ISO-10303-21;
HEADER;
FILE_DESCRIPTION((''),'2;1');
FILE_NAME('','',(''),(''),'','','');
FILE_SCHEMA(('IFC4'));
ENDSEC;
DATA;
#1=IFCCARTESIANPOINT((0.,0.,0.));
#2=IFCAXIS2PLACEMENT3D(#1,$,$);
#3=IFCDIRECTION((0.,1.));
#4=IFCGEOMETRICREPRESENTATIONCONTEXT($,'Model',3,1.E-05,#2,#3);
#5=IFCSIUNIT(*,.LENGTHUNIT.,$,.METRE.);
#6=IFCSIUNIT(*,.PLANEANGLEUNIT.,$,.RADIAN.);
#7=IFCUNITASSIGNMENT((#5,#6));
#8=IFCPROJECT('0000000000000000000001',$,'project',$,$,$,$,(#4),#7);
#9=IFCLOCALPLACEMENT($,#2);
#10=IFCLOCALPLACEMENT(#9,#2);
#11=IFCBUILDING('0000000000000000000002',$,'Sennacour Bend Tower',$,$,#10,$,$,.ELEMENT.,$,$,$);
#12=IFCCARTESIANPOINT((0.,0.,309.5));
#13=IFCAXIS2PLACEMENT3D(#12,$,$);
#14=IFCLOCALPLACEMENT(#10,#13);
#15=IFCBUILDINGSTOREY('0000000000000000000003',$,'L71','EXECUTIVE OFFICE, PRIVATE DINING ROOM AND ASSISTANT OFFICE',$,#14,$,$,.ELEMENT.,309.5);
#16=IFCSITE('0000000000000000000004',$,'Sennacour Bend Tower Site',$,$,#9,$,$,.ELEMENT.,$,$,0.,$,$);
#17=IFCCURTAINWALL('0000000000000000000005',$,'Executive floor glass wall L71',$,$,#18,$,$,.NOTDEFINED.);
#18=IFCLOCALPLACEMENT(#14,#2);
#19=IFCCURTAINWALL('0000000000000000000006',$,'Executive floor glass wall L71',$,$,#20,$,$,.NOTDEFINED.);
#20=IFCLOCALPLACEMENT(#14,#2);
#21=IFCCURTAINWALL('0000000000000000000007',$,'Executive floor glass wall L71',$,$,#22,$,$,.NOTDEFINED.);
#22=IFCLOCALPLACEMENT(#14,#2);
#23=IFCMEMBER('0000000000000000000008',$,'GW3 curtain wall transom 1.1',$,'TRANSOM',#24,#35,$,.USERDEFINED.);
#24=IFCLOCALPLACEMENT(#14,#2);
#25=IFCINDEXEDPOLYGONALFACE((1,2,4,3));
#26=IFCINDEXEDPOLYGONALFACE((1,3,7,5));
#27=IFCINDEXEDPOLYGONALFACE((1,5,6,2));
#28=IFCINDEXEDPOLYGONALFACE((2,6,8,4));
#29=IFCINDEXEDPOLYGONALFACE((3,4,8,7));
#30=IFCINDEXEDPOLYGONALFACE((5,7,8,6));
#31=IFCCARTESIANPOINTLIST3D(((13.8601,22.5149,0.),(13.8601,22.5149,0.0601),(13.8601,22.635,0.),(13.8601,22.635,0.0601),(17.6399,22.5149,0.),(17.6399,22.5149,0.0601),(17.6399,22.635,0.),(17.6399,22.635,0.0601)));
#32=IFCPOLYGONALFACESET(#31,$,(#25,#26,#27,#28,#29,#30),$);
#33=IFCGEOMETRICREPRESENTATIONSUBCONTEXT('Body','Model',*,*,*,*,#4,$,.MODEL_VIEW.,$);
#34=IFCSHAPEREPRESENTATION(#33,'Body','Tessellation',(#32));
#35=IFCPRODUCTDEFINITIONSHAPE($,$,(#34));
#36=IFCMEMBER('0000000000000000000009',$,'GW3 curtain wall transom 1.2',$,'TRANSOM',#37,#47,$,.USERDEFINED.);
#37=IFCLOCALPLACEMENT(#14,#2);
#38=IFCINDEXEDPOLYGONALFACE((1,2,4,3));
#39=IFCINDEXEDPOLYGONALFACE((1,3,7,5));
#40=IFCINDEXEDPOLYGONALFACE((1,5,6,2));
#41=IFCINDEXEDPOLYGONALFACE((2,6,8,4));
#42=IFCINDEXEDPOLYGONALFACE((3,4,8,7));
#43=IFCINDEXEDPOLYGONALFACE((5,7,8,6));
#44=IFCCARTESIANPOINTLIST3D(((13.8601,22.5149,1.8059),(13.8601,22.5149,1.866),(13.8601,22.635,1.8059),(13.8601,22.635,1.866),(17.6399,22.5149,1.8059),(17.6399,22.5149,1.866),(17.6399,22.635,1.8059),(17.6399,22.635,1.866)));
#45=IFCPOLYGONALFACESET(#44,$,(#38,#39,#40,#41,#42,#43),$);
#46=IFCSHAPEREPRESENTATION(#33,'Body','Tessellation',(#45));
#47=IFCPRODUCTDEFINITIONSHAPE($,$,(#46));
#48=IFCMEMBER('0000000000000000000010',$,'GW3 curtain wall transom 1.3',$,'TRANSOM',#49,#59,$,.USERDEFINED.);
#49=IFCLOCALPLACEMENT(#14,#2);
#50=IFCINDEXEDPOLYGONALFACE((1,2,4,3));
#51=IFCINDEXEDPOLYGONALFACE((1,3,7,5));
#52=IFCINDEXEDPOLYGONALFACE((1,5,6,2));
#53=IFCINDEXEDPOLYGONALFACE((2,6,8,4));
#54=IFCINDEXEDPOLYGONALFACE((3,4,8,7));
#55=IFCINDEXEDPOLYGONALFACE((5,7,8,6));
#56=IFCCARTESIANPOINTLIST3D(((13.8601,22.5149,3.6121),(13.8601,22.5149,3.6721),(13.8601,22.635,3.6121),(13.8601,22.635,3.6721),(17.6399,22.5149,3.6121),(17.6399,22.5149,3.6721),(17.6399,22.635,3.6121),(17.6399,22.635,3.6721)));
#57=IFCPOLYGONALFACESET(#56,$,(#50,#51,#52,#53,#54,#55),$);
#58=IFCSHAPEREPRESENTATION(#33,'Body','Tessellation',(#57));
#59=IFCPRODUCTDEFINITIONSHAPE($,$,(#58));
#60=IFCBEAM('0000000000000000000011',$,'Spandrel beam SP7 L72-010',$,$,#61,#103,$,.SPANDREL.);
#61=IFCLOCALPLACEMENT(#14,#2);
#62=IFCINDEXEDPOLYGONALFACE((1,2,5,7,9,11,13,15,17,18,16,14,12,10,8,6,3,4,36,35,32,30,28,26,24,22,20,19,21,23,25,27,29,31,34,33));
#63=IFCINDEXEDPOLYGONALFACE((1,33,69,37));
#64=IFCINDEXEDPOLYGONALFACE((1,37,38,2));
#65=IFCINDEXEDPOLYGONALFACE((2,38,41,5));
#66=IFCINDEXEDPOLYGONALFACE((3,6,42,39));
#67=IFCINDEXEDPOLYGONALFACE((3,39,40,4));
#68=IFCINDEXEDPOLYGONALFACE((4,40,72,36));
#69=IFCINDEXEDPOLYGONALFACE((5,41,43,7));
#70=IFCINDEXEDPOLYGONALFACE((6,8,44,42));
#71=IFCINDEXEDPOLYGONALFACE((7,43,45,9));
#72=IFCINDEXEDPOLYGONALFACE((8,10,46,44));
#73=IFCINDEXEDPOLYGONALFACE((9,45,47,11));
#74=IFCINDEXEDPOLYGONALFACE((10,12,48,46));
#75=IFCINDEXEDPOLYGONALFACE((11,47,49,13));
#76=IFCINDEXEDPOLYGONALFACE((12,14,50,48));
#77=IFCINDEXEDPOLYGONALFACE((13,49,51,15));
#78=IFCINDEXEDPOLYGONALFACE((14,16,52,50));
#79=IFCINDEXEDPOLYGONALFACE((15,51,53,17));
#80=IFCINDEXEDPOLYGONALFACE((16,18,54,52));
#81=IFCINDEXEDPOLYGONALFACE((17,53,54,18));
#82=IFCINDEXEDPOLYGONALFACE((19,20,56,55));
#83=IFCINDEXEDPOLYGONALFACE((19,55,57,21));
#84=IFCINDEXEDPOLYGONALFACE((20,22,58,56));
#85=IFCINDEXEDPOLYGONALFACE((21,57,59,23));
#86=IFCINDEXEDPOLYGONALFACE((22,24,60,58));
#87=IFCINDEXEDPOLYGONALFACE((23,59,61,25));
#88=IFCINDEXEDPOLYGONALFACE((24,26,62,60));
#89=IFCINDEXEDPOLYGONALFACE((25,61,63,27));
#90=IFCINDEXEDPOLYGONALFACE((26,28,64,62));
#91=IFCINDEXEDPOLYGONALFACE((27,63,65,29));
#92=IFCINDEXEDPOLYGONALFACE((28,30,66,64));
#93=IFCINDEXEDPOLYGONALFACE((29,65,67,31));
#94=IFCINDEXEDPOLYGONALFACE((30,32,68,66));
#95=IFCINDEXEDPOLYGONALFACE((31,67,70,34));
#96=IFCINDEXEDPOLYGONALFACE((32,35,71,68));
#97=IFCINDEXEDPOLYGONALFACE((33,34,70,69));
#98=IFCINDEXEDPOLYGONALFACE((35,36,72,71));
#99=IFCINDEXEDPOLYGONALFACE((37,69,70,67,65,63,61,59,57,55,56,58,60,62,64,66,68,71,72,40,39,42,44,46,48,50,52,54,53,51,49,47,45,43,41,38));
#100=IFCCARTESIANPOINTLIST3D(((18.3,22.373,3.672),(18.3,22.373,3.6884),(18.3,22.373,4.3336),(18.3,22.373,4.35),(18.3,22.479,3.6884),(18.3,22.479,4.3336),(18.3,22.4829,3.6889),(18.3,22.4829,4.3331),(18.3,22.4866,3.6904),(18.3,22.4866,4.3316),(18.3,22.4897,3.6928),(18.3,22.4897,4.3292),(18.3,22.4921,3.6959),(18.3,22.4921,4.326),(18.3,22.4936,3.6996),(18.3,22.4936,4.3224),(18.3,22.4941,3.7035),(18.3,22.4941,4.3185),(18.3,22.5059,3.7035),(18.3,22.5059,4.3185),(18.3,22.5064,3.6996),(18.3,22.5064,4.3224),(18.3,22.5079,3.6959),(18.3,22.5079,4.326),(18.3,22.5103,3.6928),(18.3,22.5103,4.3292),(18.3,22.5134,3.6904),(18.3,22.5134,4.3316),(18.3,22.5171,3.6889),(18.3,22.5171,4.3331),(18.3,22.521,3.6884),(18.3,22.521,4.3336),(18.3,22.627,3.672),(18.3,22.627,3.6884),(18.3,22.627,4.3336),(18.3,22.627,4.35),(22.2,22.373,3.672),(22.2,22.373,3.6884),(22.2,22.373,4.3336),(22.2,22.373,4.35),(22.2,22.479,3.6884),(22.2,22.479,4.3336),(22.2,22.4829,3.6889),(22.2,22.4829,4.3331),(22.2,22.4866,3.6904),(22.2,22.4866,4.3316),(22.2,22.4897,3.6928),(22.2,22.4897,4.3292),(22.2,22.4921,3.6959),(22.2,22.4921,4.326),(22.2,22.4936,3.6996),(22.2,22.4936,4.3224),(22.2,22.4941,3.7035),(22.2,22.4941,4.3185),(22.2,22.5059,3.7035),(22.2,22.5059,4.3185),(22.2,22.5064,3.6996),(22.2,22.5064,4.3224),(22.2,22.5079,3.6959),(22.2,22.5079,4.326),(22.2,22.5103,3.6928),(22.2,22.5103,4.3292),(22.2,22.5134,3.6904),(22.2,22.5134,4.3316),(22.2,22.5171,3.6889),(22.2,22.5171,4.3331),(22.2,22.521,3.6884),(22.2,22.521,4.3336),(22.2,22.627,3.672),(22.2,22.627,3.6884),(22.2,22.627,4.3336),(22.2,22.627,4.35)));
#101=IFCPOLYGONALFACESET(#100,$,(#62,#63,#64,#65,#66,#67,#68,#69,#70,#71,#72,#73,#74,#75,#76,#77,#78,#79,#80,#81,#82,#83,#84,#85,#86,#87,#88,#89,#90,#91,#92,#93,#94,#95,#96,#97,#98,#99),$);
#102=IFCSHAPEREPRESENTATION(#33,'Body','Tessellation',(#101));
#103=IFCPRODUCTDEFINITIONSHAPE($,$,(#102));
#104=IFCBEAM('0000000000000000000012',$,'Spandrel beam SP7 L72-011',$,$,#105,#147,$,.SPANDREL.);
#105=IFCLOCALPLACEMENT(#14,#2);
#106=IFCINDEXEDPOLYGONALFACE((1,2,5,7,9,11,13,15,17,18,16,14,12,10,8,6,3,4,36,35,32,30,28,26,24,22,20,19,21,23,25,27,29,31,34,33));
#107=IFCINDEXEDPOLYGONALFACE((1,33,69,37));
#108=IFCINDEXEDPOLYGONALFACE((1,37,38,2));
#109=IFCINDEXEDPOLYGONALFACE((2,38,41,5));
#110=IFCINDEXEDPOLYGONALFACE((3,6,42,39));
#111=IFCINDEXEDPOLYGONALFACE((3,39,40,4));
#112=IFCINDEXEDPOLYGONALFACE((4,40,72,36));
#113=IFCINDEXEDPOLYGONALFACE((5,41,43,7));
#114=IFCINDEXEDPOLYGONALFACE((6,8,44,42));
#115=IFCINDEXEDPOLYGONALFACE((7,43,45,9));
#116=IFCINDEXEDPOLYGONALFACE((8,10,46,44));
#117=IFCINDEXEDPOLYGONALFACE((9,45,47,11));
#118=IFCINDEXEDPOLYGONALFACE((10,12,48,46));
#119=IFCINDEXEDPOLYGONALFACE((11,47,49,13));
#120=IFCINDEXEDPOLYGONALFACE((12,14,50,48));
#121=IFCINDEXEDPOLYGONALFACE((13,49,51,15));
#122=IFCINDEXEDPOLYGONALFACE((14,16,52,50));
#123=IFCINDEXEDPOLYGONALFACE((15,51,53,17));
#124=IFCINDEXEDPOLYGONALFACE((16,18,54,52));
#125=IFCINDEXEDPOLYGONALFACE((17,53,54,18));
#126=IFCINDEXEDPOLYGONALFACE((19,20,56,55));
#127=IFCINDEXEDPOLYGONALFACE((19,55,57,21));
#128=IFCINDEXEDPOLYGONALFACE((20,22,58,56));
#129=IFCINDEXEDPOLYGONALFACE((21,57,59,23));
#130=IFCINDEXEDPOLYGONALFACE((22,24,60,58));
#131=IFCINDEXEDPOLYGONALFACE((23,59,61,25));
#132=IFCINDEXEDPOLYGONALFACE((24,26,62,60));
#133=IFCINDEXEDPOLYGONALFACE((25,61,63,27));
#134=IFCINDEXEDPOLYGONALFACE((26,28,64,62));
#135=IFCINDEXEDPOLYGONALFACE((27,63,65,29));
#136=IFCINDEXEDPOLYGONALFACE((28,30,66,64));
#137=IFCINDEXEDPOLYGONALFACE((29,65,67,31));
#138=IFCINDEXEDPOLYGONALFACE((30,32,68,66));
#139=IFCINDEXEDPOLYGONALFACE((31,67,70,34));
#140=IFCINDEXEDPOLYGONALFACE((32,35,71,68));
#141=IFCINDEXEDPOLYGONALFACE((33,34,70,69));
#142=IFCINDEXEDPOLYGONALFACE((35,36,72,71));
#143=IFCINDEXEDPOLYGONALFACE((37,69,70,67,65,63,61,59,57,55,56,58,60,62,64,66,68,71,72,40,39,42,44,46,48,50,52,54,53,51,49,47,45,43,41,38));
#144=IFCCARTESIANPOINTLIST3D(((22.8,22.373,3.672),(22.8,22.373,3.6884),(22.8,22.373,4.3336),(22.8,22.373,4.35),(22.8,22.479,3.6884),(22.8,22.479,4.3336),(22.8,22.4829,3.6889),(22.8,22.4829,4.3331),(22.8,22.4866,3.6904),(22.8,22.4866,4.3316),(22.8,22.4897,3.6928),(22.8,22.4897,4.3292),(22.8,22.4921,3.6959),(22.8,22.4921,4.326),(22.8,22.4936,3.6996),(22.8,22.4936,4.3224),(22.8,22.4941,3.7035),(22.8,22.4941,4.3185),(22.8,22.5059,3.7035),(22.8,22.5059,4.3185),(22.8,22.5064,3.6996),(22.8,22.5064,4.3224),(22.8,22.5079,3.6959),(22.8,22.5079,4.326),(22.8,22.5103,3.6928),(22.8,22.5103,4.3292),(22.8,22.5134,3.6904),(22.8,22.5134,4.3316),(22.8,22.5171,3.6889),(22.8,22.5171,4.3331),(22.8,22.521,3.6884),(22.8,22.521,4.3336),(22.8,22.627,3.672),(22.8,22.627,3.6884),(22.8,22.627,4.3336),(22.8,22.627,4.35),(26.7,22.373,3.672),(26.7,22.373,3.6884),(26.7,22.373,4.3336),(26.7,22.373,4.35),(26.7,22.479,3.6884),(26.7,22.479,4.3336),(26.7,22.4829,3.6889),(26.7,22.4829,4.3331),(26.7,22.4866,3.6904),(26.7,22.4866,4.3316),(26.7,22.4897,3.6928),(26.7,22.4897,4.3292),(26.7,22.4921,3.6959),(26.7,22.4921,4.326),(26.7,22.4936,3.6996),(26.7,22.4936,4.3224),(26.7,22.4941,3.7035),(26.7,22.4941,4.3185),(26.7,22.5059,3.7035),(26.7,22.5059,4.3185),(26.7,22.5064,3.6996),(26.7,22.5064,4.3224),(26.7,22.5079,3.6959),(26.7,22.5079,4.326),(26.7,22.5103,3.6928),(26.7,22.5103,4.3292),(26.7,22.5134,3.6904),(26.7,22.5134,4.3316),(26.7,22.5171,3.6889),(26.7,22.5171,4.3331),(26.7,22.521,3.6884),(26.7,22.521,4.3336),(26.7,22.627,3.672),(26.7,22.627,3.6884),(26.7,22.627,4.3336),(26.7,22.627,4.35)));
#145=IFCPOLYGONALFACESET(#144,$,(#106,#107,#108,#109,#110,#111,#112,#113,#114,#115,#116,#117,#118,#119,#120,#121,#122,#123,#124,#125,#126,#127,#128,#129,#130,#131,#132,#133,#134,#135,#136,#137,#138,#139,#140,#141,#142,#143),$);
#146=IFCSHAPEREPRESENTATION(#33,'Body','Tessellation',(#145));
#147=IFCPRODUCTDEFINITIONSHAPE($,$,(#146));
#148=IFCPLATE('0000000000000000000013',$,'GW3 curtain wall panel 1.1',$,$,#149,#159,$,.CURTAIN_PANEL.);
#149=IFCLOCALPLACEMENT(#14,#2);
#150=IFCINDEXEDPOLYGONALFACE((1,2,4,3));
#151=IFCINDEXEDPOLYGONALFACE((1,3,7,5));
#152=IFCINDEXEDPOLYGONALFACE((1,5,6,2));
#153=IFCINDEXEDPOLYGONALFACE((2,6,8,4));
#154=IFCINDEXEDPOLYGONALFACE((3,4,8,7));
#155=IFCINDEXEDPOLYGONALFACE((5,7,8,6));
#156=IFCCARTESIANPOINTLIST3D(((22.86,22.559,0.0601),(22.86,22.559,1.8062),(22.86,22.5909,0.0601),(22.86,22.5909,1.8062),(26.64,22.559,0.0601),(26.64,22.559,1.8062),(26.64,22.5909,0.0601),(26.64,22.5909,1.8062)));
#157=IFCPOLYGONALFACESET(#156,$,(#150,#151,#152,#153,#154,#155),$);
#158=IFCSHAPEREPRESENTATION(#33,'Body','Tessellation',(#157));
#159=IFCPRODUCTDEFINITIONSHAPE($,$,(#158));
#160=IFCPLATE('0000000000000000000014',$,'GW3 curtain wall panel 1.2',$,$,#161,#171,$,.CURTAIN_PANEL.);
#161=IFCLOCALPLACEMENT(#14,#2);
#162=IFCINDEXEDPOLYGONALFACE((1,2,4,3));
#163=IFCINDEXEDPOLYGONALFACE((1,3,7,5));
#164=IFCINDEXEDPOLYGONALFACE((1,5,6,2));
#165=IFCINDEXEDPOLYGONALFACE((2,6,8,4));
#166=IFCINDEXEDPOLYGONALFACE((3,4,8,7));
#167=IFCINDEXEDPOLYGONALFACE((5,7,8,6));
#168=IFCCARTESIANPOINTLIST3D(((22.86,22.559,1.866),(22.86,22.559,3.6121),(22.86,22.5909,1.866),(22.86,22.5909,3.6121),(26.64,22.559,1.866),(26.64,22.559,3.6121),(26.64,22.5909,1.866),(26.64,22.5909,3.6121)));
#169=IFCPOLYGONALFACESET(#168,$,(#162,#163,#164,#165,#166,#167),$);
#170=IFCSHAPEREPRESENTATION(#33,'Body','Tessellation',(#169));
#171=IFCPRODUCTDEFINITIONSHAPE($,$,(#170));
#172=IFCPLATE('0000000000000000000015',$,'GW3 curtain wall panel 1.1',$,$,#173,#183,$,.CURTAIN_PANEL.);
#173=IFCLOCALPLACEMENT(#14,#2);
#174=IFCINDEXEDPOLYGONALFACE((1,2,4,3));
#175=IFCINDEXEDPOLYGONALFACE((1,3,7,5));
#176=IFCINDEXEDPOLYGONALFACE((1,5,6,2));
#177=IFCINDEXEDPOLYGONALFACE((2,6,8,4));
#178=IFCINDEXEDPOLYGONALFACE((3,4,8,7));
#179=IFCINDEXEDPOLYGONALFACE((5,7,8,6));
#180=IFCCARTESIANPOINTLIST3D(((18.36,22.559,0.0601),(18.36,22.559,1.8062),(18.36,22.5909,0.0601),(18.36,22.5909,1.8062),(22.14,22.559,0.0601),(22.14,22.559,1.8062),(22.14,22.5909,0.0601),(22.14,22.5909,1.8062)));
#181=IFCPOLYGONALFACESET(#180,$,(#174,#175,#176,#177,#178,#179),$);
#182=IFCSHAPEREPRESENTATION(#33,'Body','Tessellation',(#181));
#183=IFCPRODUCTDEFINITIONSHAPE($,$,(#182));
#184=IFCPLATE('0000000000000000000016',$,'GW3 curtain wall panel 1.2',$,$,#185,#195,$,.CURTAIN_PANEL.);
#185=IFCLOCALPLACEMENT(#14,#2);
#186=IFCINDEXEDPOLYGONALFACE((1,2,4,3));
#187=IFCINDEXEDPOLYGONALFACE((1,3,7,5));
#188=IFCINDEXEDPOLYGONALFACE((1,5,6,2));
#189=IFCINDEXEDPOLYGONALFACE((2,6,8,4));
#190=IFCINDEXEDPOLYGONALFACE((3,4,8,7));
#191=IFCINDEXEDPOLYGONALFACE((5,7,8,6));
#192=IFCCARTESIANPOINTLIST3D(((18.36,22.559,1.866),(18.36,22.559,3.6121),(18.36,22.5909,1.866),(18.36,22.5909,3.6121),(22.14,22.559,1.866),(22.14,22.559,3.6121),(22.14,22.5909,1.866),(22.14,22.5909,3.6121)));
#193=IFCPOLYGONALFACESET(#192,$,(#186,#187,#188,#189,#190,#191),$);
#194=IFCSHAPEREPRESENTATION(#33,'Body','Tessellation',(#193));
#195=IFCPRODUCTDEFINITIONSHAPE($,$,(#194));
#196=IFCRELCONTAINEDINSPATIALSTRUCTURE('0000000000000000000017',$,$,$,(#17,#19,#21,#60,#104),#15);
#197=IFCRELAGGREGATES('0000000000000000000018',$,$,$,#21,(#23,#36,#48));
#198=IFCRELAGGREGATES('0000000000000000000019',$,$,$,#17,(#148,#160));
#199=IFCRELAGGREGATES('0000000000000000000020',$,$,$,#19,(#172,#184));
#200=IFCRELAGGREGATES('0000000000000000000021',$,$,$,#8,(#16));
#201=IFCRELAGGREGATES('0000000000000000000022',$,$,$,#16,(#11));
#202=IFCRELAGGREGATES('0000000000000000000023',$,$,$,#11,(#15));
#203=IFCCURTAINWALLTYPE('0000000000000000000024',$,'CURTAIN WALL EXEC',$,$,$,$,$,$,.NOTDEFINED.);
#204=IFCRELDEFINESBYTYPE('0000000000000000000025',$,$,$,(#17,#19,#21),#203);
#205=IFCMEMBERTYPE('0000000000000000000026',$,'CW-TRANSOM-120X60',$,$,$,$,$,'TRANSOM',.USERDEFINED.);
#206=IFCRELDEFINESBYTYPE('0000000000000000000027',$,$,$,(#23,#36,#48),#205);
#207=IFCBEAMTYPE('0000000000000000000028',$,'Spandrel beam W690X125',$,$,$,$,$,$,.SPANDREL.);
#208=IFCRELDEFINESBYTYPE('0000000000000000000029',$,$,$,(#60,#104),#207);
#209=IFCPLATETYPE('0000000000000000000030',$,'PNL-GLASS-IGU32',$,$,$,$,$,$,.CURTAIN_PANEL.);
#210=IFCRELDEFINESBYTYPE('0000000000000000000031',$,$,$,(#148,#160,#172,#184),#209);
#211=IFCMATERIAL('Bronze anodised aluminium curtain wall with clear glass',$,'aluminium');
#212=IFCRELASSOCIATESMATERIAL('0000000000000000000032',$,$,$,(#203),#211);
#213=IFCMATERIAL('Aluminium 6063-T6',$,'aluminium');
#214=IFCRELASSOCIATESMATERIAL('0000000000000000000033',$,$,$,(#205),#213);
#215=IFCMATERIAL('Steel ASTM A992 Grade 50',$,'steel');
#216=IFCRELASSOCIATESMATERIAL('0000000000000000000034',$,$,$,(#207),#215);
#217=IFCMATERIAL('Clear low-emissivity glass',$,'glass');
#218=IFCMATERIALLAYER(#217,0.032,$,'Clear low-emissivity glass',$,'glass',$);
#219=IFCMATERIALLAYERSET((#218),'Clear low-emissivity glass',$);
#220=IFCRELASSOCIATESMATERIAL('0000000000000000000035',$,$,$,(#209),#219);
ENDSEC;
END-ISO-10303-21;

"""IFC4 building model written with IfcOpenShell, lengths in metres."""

from ifc_helpers import new_model, si_unit, direction, frame, origin, origin_2d, place, context, subcontext, project, spatial, rectangle, i_section, extrude, material, layer, layer_set, material_profile, profile_set, type_object, element, aggregate, save


model = new_model("IFC4")

# Units and contexts
model_context = context("Model", 3, precision=1e-05, world=origin(), true_north=direction((0.0, 1.0)))
body_context = subcontext(model_context, "Body", "Model", "MODEL_VIEW")
ifc_project = project(units=[si_unit("LENGTHUNIT", "METRE"), si_unit("PLANEANGLEUNIT", "RADIAN")], contexts=[model_context])

# Site, building, storey
site_placement = place(None, origin())
site = spatial("IfcSite", under=ifc_project, at=site_placement, Name="Sennacour Bend Tower Site", CompositionType="ELEMENT", RefElevation=0.0)
building_placement = place(site_placement, origin())
building = spatial("IfcBuilding", under=site, at=building_placement, Name="Sennacour Bend Tower", CompositionType="ELEMENT")
storey_placement = place(building_placement, frame((0.0, 0.0, 309.5)))
storey = spatial("IfcBuildingStorey", under=building, at=storey_placement, Name="L71", Description="EXECUTIVE OFFICE, PRIVATE DINING ROOM AND ASSISTANT OFFICE", CompositionType="ELEMENT", Elevation=309.5)

# Curtain walls
ifc_material_1 = material(Name="Bronze anodised aluminium curtain wall with clear glass", Category="aluminium")
curtain_wall_type = type_object("IfcCurtainWallType", Name="CURTAIN WALL EXEC", PredefinedType="NOTDEFINED", material=ifc_material_1)
curtain_wall_1_placement = place(storey_placement, origin())
curtain_wall_1 = element("IfcCurtainWall", 1, at=curtain_wall_1_placement, inside=storey, type_object=curtain_wall_type, Name="Executive floor glass wall L71", PredefinedType="NOTDEFINED")
ifc_material_2 = material(Name="Aluminium 6063-T6", Category="aluminium")
curtain_wall_2_placement = place(storey_placement, origin())
curtain_wall_2 = element("IfcCurtainWall", 2, at=curtain_wall_2_placement, inside=storey, type_object=curtain_wall_type, Name="Executive floor glass wall L71", PredefinedType="NOTDEFINED")

# Curtain wall
curtain_wall_3_placement = place(storey_placement, origin())
curtain_wall_3 = element("IfcCurtainWall", 3, at=curtain_wall_3_placement, inside=storey, type_object=curtain_wall_type, Name="Executive floor glass wall L71", PredefinedType="NOTDEFINED")

# Members
ifc_material_profile_1 = material_profile(ifc_material_2, rectangle(XDim=0.1201, YDim=0.0601, at=origin_2d()), Name="Aluminium 6063-T6", Category="aluminium")
ifc_profile_set_1 = profile_set([ifc_material_profile_1], Name="Aluminium 6063-T6")
member_type_1 = type_object("IfcMemberType", Name="CW-TRANSOM-120X60", ElementType="TRANSOM", PredefinedType="USERDEFINED", material=ifc_profile_set_1)
member_1_placement = place(storey_placement, frame((17.6399, 22.575, 0.03), z_axis=(-1.0, 0.0, 0.0), x_axis=(0.0, -1.0, 0.0)))
member_1 = element("IfcMember", 4, at=member_1_placement, type_object=member_type_1, Name="GW3 curtain wall transom 1.1", ObjectType="TRANSOM", PredefinedType="USERDEFINED", context=body_context, shape_type="SweptSolid", body=[
    extrude(rectangle(XDim=0.1201, YDim=0.0601, at=origin_2d()), origin(), (0.0, 0.0, 1.0), 3.7798),
])
member_2_placement = place(storey_placement, frame((17.6399, 22.575, 1.8359), z_axis=(-1.0, 0.0, 0.0), x_axis=(0.0, -1.0, 0.0)))
member_2 = element("IfcMember", 5, at=member_2_placement, type_object=member_type_1, Name="GW3 curtain wall transom 1.2", ObjectType="TRANSOM", PredefinedType="USERDEFINED", context=body_context, shape_type="SweptSolid", body=[
    extrude(rectangle(XDim=0.1201, YDim=0.0601, at=origin_2d()), origin(), (0.0, 0.0, 1.0), 3.7798),
])
member_3_placement = place(storey_placement, frame((17.6399, 22.575, 3.6421), z_axis=(-1.0, 0.0, 0.0), x_axis=(0.0, -1.0, 0.0)))
member_3 = element("IfcMember", 6, at=member_3_placement, type_object=member_type_1, Name="GW3 curtain wall transom 1.3", ObjectType="TRANSOM", PredefinedType="USERDEFINED", context=body_context, shape_type="SweptSolid", body=[
    extrude(rectangle(XDim=0.1201, YDim=0.0601, at=origin_2d()), origin(), (0.0, 0.0, 1.0), 3.7798),
])
aggregate(curtain_wall_3, [member_1, member_2, member_3])

# Beams
ifc_material_3 = material(Name="Steel ASTM A992 Grade 50", Category="steel")
ifc_material_profile_2 = material_profile(ifc_material_3, i_section(OverallWidth=0.2539, OverallDepth=0.678, WebThickness=0.0117, FlangeThickness=0.0164, FilletRadius=0.0151, at=origin_2d()), Name="Steel ASTM A992 Grade 50", Category="steel")
ifc_profile_set_2 = profile_set([ifc_material_profile_2], Name="Steel ASTM A992 Grade 50")
beam_type = type_object("IfcBeamType", Name="Spandrel beam W690X125", PredefinedType="SPANDREL", material=ifc_profile_set_2)
for number, where, z_axis, x_axis, name in (
    (7, (18.3, 22.5, 4.011), (1.0, 0.0, 0.0), (0.0, 1.0, 0.0), "Spandrel beam SP7 L72-010"),
    (8, (22.8, 22.5, 4.011), (1.0, 0.0, 0.0), (0.0, 1.0, 0.0), "Spandrel beam SP7 L72-011"),
):
    element("IfcBeam", number, at=place(storey_placement, frame(where, z_axis=z_axis, x_axis=x_axis)), inside=storey, type_object=beam_type, Name=name, PredefinedType="SPANDREL", context=body_context, shape_type="SweptSolid", body=[
        extrude(i_section(OverallWidth=0.2539, OverallDepth=0.678, WebThickness=0.0117, FlangeThickness=0.0164, FilletRadius=0.0151, at=origin_2d()), origin(), (0.0, 0.0, 1.0), 3.8999),
    ])

# Plates
ifc_material_4 = material(Name="Clear low-emissivity glass", Category="glass")
ifc_layer_1 = layer(ifc_material_4, 0.032, Name="Clear low-emissivity glass", Category="glass")
ifc_layer_set_1 = layer_set([ifc_layer_1], Name="Clear low-emissivity glass")
plate_type = type_object("IfcPlateType", Name="PNL-GLASS-IGU32", PredefinedType="CURTAIN_PANEL", material=ifc_layer_set_1)
plate_1_placement = place(storey_placement, frame((24.75, 22.575, 0.0601), z_axis=(0.0, 0.0, 1.0), x_axis=(-1.0, 0.0, 0.0)))
plate_1 = element("IfcPlate", 9, at=plate_1_placement, type_object=plate_type, Name="GW3 curtain wall panel 1.1", PredefinedType="CURTAIN_PANEL", context=body_context, shape_type="SweptSolid", body=[
    extrude(rectangle(XDim=3.78, YDim=0.032, at=origin_2d()), origin(), (0.0, 0.0, 1.0), 1.7461),
])
plate_2_placement = place(storey_placement, frame((24.75, 22.575, 1.866), z_axis=(0.0, 0.0, 1.0), x_axis=(-1.0, 0.0, 0.0)))
plate_2 = element("IfcPlate", 10, at=plate_2_placement, type_object=plate_type, Name="GW3 curtain wall panel 1.2", PredefinedType="CURTAIN_PANEL", context=body_context, shape_type="SweptSolid", body=[
    extrude(rectangle(XDim=3.78, YDim=0.032, at=origin_2d()), origin(), (0.0, 0.0, 1.0), 1.7461),
])
aggregate(curtain_wall_1, [plate_1, plate_2])
plate_3_placement = place(storey_placement, frame((20.25, 22.575, 0.0601), z_axis=(0.0, 0.0, 1.0), x_axis=(-1.0, 0.0, 0.0)))
plate_3 = element("IfcPlate", 11, at=plate_3_placement, type_object=plate_type, Name="GW3 curtain wall panel 1.1", PredefinedType="CURTAIN_PANEL", context=body_context, shape_type="SweptSolid", body=[
    extrude(rectangle(XDim=3.78, YDim=0.032, at=origin_2d()), origin(), (0.0, 0.0, 1.0), 1.7461),
])
plate_4_placement = place(storey_placement, frame((20.25, 22.575, 1.866), z_axis=(0.0, 0.0, 1.0), x_axis=(-1.0, 0.0, 0.0)))
plate_4 = element("IfcPlate", 12, at=plate_4_placement, type_object=plate_type, Name="GW3 curtain wall panel 1.2", PredefinedType="CURTAIN_PANEL", context=body_context, shape_type="SweptSolid", body=[
    extrude(rectangle(XDim=3.78, YDim=0.032, at=origin_2d()), origin(), (0.0, 0.0, 1.0), 1.7461),
])
aggregate(curtain_wall_2, [plate_3, plate_4])

save(model, "model.ifc")
